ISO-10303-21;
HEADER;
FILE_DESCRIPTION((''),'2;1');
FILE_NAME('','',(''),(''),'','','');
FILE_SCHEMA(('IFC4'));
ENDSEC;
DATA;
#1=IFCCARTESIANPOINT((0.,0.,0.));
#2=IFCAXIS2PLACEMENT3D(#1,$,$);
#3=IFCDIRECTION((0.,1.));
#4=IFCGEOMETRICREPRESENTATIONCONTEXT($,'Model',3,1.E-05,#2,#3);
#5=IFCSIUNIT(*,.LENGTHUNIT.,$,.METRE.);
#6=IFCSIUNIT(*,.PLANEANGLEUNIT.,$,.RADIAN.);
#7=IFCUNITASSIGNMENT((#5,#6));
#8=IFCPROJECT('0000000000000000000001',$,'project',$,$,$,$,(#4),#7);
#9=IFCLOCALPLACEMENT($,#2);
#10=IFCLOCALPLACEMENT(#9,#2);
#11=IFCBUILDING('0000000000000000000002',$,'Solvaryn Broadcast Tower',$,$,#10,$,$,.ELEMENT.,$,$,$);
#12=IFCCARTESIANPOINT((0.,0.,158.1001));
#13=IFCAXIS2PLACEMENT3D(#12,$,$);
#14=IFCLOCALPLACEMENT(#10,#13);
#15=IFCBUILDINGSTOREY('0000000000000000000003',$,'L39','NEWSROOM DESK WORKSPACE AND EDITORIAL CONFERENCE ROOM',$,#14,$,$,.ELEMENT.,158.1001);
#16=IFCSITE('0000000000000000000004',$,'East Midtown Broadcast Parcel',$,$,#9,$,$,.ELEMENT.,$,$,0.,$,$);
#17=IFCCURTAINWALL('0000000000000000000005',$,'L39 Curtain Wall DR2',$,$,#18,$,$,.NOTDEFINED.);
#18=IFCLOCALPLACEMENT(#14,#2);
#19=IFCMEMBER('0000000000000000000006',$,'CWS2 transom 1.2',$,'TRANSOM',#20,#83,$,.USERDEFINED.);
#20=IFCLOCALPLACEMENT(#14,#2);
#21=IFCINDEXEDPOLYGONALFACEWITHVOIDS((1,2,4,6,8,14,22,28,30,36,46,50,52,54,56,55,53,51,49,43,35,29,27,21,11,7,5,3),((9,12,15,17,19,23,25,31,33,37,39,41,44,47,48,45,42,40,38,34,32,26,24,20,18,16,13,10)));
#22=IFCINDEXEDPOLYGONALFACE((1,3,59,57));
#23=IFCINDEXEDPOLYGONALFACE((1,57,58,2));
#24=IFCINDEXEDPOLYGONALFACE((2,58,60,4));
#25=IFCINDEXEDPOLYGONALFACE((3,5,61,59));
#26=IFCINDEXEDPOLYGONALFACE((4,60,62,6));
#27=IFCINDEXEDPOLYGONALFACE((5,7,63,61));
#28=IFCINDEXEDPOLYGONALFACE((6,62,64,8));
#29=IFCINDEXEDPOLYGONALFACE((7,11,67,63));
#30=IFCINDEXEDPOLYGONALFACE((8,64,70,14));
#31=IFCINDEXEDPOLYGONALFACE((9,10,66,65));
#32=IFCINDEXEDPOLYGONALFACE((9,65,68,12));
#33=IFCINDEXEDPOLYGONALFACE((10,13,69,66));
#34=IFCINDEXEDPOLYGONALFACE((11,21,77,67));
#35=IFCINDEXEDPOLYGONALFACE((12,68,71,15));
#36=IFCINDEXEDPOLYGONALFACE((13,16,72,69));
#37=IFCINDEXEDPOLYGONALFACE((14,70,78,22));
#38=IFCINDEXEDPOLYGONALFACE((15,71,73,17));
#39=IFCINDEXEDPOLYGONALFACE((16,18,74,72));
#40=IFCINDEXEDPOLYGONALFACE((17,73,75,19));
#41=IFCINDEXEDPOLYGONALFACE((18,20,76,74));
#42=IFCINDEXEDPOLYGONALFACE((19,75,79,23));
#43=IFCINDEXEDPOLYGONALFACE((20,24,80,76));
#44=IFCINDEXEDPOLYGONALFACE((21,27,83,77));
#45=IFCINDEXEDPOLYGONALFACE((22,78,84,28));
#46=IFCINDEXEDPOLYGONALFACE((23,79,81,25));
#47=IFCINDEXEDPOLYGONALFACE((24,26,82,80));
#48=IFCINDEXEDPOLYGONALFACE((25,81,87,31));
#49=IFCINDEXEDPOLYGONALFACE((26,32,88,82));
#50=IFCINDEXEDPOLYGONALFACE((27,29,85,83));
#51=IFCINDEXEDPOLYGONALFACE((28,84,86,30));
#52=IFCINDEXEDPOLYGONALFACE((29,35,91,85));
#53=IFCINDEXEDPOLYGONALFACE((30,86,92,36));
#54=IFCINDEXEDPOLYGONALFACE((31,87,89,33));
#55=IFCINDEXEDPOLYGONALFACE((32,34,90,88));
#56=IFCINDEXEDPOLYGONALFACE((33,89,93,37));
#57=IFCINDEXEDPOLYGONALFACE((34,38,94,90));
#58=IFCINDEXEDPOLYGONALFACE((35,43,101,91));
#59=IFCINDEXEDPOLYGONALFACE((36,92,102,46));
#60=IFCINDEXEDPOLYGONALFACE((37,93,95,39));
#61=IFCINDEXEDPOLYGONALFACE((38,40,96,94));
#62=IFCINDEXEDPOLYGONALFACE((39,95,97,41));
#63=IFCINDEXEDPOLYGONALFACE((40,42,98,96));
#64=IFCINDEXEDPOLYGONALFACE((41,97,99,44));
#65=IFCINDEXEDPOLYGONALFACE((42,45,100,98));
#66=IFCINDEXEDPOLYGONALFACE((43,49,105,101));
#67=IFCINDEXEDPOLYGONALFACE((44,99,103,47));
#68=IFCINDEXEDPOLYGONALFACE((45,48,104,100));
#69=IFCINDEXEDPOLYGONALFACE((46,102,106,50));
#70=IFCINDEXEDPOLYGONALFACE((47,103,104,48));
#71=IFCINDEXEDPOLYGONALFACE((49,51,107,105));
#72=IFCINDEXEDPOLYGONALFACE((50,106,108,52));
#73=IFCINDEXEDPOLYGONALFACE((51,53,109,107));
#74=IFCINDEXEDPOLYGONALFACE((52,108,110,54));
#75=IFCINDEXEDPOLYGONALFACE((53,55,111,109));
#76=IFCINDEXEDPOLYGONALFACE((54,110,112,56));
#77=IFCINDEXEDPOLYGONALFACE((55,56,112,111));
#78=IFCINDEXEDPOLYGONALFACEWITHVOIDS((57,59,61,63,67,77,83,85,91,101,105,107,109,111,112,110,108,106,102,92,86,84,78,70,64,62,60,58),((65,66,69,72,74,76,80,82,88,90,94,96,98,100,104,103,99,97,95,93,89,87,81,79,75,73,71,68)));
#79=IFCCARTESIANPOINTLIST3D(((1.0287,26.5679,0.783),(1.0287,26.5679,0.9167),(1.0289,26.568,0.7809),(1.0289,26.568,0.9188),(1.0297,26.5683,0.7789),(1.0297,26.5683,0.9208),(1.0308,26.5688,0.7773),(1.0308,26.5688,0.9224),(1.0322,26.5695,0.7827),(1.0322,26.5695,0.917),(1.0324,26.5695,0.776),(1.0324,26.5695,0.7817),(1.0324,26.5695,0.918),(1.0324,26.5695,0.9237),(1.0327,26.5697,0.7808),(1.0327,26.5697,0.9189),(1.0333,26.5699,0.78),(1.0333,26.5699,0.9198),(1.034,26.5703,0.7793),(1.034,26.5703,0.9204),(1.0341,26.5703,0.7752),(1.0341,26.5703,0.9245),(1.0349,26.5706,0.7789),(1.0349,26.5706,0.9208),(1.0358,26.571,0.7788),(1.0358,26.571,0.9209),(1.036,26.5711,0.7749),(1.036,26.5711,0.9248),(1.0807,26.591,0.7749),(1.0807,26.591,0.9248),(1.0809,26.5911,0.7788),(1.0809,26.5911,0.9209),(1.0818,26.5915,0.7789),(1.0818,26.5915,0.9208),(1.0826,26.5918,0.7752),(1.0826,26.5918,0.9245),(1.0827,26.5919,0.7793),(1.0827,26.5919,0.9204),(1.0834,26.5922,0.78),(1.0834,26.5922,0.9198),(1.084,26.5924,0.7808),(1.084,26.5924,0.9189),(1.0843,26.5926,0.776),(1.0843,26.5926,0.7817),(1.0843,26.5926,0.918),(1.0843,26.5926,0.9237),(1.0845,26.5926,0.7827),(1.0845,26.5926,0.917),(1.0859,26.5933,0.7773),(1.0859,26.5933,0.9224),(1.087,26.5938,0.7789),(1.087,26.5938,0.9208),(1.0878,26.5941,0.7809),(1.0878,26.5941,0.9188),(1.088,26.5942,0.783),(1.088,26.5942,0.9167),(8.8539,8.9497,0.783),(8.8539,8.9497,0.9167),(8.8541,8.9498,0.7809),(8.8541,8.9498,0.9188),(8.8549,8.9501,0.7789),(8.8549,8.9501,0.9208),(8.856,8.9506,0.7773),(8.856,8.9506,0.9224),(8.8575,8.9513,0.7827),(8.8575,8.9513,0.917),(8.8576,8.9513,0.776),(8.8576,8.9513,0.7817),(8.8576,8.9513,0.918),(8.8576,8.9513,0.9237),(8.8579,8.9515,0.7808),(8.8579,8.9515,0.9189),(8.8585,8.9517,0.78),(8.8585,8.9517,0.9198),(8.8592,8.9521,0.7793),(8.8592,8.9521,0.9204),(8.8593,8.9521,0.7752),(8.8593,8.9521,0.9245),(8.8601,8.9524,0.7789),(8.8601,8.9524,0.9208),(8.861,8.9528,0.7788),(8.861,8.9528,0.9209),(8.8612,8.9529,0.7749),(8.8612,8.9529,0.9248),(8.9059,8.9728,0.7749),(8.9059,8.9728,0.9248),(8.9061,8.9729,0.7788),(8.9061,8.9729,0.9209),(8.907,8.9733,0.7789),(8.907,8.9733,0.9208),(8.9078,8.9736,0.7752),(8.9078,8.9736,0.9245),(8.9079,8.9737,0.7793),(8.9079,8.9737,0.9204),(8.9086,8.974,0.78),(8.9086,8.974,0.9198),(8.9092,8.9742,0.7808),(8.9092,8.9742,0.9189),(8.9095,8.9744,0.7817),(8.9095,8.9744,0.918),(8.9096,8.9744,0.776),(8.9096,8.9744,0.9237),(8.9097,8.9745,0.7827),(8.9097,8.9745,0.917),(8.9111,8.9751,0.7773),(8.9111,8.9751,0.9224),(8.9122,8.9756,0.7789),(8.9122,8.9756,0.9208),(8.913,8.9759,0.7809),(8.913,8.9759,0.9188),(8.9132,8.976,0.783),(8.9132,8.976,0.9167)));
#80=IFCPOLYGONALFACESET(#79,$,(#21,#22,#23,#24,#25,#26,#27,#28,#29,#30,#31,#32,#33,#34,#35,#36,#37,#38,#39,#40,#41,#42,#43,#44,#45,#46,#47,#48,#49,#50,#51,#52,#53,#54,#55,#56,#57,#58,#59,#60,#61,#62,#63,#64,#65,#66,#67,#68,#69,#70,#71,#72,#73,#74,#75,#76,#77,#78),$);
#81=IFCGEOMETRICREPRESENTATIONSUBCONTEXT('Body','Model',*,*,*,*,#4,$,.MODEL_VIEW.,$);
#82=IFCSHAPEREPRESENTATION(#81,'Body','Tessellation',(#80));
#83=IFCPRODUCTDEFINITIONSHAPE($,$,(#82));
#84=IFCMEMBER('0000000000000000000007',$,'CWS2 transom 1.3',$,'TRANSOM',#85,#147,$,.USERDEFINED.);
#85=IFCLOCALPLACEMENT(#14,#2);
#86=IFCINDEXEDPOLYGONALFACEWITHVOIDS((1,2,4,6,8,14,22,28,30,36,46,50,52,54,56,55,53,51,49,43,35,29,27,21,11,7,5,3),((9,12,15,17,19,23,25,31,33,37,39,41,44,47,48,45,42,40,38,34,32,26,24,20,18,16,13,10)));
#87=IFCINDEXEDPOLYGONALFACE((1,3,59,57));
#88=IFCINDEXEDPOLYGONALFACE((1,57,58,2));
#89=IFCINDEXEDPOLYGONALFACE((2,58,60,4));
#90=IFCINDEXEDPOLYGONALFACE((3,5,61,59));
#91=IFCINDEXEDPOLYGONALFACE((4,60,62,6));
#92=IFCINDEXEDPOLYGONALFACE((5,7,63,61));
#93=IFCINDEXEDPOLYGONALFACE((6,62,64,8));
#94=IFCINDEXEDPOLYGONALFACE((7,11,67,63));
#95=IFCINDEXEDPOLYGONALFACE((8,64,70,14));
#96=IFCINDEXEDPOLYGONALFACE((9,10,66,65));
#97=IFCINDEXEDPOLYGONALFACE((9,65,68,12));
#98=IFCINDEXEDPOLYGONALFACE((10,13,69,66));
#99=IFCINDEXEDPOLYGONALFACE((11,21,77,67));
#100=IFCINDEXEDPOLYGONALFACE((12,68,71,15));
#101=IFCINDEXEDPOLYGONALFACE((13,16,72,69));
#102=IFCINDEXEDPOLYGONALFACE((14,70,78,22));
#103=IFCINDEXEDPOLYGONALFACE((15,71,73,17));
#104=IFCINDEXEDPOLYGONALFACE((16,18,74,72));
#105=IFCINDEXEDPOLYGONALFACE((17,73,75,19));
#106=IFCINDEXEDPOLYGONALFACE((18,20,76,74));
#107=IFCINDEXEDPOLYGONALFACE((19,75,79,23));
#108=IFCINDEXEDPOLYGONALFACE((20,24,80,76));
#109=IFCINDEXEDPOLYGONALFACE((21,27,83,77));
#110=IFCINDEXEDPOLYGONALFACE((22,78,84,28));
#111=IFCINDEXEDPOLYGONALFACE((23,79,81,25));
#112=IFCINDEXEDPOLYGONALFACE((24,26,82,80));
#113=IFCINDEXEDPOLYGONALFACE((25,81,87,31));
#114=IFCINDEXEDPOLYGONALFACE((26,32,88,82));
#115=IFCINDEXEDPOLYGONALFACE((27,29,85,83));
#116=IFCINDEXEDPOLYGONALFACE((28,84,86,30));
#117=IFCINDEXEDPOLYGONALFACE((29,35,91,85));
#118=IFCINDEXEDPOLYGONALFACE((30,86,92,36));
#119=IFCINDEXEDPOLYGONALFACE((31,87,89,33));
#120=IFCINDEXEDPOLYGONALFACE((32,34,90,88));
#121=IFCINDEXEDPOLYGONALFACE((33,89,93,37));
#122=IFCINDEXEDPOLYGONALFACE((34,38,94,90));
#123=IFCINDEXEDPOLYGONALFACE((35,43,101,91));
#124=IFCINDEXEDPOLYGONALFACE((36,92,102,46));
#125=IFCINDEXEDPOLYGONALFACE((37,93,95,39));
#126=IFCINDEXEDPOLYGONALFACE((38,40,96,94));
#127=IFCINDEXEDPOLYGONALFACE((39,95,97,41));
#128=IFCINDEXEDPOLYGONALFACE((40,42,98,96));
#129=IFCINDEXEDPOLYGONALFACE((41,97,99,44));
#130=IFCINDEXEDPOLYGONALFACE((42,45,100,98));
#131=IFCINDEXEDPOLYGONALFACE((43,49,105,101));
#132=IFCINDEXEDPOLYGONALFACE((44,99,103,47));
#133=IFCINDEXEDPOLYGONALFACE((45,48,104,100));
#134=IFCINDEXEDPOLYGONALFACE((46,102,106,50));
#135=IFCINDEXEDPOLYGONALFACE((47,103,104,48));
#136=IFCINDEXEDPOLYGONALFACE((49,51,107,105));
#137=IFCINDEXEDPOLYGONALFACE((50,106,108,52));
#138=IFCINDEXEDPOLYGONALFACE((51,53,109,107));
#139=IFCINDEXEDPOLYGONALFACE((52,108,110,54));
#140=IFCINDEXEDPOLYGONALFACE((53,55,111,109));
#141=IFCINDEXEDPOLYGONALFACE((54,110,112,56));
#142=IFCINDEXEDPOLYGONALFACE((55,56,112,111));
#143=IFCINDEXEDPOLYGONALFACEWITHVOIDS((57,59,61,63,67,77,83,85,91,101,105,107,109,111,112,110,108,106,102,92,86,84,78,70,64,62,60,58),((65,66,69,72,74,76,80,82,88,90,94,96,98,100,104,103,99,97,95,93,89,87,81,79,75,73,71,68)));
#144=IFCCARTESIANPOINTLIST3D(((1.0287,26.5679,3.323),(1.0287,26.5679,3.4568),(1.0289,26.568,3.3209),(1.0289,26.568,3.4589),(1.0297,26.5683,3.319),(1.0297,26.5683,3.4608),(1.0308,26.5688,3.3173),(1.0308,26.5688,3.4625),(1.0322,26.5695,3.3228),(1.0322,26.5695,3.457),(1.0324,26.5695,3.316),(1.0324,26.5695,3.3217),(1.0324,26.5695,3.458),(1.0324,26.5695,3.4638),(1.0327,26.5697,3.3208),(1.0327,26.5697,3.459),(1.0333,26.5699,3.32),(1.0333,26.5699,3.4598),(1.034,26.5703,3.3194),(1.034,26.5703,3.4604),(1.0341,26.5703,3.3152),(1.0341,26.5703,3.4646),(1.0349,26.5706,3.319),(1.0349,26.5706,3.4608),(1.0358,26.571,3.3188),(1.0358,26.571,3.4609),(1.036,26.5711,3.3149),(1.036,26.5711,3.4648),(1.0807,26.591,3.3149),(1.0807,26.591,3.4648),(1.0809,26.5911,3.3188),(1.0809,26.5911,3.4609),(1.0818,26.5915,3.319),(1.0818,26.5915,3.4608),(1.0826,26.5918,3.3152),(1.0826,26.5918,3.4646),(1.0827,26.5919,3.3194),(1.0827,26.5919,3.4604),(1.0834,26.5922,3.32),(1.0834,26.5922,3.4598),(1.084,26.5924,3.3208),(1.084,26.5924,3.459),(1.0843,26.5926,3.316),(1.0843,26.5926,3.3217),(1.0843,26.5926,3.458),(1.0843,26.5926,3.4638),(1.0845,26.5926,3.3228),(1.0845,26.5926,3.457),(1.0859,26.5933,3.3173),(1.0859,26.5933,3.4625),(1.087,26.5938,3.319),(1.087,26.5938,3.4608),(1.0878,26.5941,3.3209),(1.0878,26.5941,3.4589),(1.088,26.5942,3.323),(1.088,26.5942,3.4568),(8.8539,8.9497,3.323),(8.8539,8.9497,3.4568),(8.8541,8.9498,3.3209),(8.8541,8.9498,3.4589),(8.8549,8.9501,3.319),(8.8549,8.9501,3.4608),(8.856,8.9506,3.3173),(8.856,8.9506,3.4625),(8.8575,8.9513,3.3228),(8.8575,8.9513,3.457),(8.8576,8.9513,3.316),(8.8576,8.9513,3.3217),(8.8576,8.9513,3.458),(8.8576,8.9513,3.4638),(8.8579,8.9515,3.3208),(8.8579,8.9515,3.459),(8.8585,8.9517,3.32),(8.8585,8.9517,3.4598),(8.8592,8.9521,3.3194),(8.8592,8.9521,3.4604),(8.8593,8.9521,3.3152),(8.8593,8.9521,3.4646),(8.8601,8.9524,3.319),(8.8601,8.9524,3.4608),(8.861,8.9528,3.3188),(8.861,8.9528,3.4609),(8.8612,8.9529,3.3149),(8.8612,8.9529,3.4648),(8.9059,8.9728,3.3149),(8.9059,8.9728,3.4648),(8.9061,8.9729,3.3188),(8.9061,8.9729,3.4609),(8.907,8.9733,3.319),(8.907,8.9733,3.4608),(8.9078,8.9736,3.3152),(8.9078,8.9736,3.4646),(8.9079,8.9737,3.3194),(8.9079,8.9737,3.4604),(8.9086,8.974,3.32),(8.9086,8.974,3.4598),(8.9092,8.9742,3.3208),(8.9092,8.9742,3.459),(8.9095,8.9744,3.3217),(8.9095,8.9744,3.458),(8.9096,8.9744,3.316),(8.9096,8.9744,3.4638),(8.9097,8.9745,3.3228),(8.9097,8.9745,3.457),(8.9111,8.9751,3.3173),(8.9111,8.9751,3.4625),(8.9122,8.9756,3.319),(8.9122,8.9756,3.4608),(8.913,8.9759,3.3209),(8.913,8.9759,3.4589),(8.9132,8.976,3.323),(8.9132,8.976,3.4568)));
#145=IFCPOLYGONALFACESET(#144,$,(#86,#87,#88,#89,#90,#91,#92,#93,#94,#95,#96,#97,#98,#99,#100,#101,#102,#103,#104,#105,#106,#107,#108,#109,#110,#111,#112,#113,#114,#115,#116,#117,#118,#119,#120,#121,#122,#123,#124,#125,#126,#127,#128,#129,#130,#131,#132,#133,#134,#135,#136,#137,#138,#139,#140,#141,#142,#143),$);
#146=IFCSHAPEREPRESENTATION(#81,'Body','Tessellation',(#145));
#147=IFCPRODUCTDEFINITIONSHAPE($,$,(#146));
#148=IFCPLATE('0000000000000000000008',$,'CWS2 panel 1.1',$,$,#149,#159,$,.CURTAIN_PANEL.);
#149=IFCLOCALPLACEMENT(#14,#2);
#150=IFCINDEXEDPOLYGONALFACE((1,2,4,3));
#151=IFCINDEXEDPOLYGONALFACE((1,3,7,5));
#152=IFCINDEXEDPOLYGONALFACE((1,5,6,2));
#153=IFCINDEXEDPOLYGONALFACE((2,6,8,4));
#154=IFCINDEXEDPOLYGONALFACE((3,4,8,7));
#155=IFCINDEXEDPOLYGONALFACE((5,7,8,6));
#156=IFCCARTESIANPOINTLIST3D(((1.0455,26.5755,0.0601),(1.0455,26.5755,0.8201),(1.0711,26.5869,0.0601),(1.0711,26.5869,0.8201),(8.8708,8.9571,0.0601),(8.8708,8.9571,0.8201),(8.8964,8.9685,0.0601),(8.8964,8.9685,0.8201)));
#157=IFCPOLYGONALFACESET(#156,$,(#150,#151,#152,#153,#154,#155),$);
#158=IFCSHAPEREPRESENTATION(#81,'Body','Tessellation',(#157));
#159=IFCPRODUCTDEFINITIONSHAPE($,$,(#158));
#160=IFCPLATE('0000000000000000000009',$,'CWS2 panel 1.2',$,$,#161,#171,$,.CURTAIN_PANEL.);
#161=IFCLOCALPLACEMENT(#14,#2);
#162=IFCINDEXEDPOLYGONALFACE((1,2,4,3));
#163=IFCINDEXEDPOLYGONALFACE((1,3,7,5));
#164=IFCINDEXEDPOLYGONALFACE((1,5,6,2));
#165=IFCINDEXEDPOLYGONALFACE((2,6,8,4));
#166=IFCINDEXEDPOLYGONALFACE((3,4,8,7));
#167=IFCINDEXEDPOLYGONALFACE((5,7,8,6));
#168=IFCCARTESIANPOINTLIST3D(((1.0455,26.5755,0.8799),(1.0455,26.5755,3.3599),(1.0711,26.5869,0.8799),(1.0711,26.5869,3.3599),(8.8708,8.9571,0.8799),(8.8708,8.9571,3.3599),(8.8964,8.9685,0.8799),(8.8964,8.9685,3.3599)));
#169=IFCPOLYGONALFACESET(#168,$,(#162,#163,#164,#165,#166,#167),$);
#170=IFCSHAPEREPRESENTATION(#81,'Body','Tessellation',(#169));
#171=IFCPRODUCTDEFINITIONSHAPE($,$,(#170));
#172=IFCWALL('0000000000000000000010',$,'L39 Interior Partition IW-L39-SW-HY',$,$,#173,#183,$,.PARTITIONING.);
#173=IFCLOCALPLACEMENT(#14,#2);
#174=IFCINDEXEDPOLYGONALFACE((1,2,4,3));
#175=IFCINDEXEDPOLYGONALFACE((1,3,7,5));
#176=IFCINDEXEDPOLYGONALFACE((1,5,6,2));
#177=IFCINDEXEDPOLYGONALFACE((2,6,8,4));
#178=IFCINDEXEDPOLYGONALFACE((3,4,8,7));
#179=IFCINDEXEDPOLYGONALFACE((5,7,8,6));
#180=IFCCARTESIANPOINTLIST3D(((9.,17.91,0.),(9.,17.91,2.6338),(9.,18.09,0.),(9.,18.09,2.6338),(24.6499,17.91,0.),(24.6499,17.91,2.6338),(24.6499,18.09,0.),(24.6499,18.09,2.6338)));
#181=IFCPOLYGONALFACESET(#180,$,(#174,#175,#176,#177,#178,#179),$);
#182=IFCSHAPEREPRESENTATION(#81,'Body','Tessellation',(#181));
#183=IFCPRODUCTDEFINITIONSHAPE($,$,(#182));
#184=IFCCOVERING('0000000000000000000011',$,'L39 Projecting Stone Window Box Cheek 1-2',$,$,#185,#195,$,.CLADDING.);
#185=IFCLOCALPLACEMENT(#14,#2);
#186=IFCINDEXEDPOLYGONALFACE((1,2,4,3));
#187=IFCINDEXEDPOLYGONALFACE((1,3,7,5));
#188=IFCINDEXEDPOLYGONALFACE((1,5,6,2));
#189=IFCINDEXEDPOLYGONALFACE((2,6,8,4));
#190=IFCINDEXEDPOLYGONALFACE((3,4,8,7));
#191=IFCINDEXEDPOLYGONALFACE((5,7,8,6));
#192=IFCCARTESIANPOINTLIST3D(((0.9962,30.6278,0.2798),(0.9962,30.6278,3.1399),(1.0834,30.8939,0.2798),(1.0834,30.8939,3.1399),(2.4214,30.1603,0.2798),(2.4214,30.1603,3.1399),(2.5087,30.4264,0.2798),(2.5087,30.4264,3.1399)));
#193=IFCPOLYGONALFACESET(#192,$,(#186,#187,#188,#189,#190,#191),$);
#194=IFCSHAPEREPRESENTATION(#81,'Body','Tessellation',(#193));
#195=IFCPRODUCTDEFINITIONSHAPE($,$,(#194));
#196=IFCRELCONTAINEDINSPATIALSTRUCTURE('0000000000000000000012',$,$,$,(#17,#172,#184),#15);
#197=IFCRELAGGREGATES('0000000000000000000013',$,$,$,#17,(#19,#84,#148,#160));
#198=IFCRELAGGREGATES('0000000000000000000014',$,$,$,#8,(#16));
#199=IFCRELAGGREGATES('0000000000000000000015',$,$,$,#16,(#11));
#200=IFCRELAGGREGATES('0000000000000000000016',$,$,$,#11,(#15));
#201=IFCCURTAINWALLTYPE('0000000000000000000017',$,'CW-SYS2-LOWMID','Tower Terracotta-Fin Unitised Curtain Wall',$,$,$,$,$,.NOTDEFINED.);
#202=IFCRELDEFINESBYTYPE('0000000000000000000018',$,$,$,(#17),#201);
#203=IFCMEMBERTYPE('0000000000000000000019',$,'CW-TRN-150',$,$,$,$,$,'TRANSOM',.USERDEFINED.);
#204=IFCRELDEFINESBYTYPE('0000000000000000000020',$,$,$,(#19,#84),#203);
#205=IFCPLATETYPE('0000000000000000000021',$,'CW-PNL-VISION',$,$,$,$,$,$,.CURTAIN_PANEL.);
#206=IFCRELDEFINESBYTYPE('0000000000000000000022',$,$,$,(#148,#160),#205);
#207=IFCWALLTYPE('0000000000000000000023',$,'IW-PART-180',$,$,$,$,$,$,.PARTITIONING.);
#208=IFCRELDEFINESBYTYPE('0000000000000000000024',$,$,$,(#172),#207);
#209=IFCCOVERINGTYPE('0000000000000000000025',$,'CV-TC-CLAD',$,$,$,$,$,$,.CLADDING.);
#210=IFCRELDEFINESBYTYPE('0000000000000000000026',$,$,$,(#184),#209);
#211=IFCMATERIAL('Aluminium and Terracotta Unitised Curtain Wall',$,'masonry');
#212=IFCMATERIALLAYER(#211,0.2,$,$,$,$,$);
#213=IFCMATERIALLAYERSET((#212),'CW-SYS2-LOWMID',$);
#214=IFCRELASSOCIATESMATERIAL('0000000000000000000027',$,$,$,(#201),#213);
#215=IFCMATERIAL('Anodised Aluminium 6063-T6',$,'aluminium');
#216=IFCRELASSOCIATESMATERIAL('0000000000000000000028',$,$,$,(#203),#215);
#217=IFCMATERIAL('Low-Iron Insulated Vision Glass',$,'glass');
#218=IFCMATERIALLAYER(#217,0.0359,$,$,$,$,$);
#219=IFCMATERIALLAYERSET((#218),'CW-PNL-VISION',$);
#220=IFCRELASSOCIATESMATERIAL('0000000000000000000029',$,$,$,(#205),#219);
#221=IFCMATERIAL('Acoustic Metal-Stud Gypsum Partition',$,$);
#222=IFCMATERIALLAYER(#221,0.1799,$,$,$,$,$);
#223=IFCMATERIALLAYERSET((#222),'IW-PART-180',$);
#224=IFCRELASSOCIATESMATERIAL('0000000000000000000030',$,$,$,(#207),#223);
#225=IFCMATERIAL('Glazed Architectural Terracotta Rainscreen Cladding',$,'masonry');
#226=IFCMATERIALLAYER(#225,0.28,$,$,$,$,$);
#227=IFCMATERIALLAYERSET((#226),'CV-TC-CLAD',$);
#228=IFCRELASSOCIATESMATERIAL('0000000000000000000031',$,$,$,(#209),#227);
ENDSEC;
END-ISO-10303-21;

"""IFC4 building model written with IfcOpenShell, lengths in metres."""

from ifc_helpers import new_model, si_unit, direction, frame, frame_2d, origin, origin_2d, place, context, subcontext, project, spatial, rectangle, hollow_rectangle, extrude, material, layer, layer_set, material_profile, profile_set, type_object, element, aggregate, save


model = new_model("IFC4")

# Units and contexts
model_context = context("Model", 3, precision=1e-05, world=origin(), true_north=direction((0.0, 1.0)))
body_context = subcontext(model_context, "Body", "Model", "MODEL_VIEW")
ifc_project = project(units=[si_unit("LENGTHUNIT", "METRE"), si_unit("PLANEANGLEUNIT", "RADIAN")], contexts=[model_context])

# Site, building, storey
site_placement = place(None, origin())
site = spatial("IfcSite", under=ifc_project, at=site_placement, Name="East Midtown Broadcast Parcel", CompositionType="ELEMENT", RefElevation=0.0)
building_placement = place(site_placement, origin())
building = spatial("IfcBuilding", under=site, at=building_placement, Name="Solvaryn Broadcast Tower", CompositionType="ELEMENT")
storey_placement = place(building_placement, frame((0.0, 0.0, 158.1001)))
storey = spatial("IfcBuildingStorey", under=building, at=storey_placement, Name="L39", Description="NEWSROOM DESK WORKSPACE AND EDITORIAL CONFERENCE ROOM", CompositionType="ELEMENT", Elevation=158.1001)

# Shared definitions
ifc_material_1 = material(Name="Aluminium and Terracotta Unitised Curtain Wall", Category="masonry")
ifc_layer_1 = layer(ifc_material_1, 0.2)
ifc_layer_set_1 = layer_set([ifc_layer_1], Name="CW-SYS2-LOWMID")
curtain_wall_type = type_object("IfcCurtainWallType", Name="CW-SYS2-LOWMID", Description="Tower Terracotta-Fin Unitised Curtain Wall", PredefinedType="NOTDEFINED", material=ifc_layer_set_1)

# Curtain wall, members, plates
curtain_wall_1_placement = place(storey_placement, origin())
curtain_wall_1 = element("IfcCurtainWall", 1, at=curtain_wall_1_placement, inside=storey, type_object=curtain_wall_type, Name="L39 Curtain Wall DR2", PredefinedType="NOTDEFINED")
ifc_material_2 = material(Name="Anodised Aluminium 6063-T6", Category="aluminium")
ifc_material_profile_1 = material_profile(ifc_material_2, hollow_rectangle(XDim=0.0649, YDim=0.1499, WallThickness=0.0039, InnerFilletRadius=0.0039, OuterFilletRadius=0.0081, at=origin_2d()))
ifc_profile_set_1 = profile_set([ifc_material_profile_1], Name="Anodised Aluminium 6063-T6")
member_type_1 = type_object("IfcMemberType", Name="CW-TRN-150", ElementType="TRANSOM", PredefinedType="USERDEFINED", material=ifc_profile_set_1)
member_1_placement = place(storey_placement, frame((1.0583, 26.5811, 0.8499), z_axis=(0.405918, -0.91391, 0.0), x_axis=(0.91391, 0.405918, 0.0)))
member_1 = element("IfcMember", 2, at=member_1_placement, type_object=member_type_1, Name="CWS2 transom 1.2", ObjectType="TRANSOM", PredefinedType="USERDEFINED", context=body_context, shape_type="SweptSolid", body=[
    extrude(hollow_rectangle(XDim=0.0649, YDim=0.1499, WallThickness=0.0039, InnerFilletRadius=0.0039, OuterFilletRadius=0.0081, at=origin_2d()), origin(), (0.0, 0.0, 1.0), 19.2778),
])
member_2_placement = place(storey_placement, frame((1.0583, 26.5811, 3.3899), z_axis=(0.405918, -0.91391, 0.0), x_axis=(0.91391, 0.405918, 0.0)))
member_2 = element("IfcMember", 3, at=member_2_placement, type_object=member_type_1, Name="CWS2 transom 1.3", ObjectType="TRANSOM", PredefinedType="USERDEFINED", context=body_context, shape_type="SweptSolid", body=[
    extrude(hollow_rectangle(XDim=0.0649, YDim=0.1499, WallThickness=0.0039, InnerFilletRadius=0.0039, OuterFilletRadius=0.0081, at=origin_2d()), origin(), (0.0, 0.0, 1.0), 19.2778),
])
ifc_material_3 = material(Name="Low-Iron Insulated Vision Glass", Category="glass")
ifc_layer_2 = layer(ifc_material_3, 0.0359)
ifc_layer_set_2 = layer_set([ifc_layer_2], Name="CW-PNL-VISION")
plate_type = type_object("IfcPlateType", Name="CW-PNL-VISION", PredefinedType="CURTAIN_PANEL", material=ifc_layer_set_2)
plate_1_placement = place(storey_placement, frame((4.9709, 17.772, 0.0601), z_axis=(0.0, 0.0, 1.0), x_axis=(0.405918, -0.913909, 0.0)))
plate_1 = element("IfcPlate", 4, at=plate_1_placement, type_object=plate_type, Name="CWS2 panel 1.1", PredefinedType="CURTAIN_PANEL", context=body_context, shape_type="SweptSolid", body=[
    extrude(rectangle(XDim=19.2781, YDim=0.0281, at=origin_2d()), origin(), (0.0, 0.0, 1.0), 0.76),
])
plate_2_placement = place(storey_placement, frame((4.9709, 17.772, 0.8799), z_axis=(0.0, 0.0, 1.0), x_axis=(0.405918, -0.913909, 0.0)))
plate_2 = element("IfcPlate", 5, at=plate_2_placement, type_object=plate_type, Name="CWS2 panel 1.2", PredefinedType="CURTAIN_PANEL", context=body_context, shape_type="SweptSolid", body=[
    extrude(rectangle(XDim=19.2781, YDim=0.0281, at=origin_2d()), origin(), (0.0, 0.0, 1.0), 2.48),
])
aggregate(curtain_wall_1, [member_1, member_2, plate_1, plate_2])

# Wall
ifc_material_4 = material(Name="Acoustic Metal-Stud Gypsum Partition")
ifc_layer_3 = layer(ifc_material_4, 0.1799)
ifc_layer_set_3 = layer_set([ifc_layer_3], Name="IW-PART-180")
wall_type = type_object("IfcWallType", Name="IW-PART-180", PredefinedType="PARTITIONING", material=ifc_layer_set_3)
wall_placement = place(storey_placement, frame((9.0, 18.0, 0.0), z_axis=(0.0, 0.0, 1.0), x_axis=(1.0, 0.0, 0.0)))
element("IfcWall", 6, at=wall_placement, inside=storey, type_object=wall_type, Name="L39 Interior Partition IW-L39-SW-HY", PredefinedType="PARTITIONING", context=body_context, shape_type="SweptSolid", body=[
    extrude(rectangle(XDim=15.6499, YDim=0.1799, at=frame_2d((7.825, 0.0))), origin(), (0.0, 0.0, 1.0), 2.6338),
])

# Covering
ifc_material_5 = material(Name="Glazed Architectural Terracotta Rainscreen Cladding", Category="masonry")
ifc_layer_4 = layer(ifc_material_5, 0.28)
ifc_layer_set_4 = layer_set([ifc_layer_4], Name="CV-TC-CLAD")
covering_type_1 = type_object("IfcCoveringType", Name="CV-TC-CLAD", PredefinedType="CLADDING", material=ifc_layer_set_4)
covering_placement = place(storey_placement, frame((1.7524, 30.5271, 0.2798), z_axis=(0.0, 0.0, 1.0), x_axis=(-0.311672, -0.95019, 0.0)))
element("IfcCovering", 7, at=covering_placement, inside=storey, type_object=covering_type_1, Name="L39 Projecting Stone Window Box Cheek 1-2", PredefinedType="CLADDING", context=body_context, shape_type="SweptSolid", body=[
    extrude(rectangle(XDim=0.28, YDim=1.5, at=origin_2d()), origin(), (0.0, 0.0, 1.0), 2.8601),
])

save(model, "model.ifc")
